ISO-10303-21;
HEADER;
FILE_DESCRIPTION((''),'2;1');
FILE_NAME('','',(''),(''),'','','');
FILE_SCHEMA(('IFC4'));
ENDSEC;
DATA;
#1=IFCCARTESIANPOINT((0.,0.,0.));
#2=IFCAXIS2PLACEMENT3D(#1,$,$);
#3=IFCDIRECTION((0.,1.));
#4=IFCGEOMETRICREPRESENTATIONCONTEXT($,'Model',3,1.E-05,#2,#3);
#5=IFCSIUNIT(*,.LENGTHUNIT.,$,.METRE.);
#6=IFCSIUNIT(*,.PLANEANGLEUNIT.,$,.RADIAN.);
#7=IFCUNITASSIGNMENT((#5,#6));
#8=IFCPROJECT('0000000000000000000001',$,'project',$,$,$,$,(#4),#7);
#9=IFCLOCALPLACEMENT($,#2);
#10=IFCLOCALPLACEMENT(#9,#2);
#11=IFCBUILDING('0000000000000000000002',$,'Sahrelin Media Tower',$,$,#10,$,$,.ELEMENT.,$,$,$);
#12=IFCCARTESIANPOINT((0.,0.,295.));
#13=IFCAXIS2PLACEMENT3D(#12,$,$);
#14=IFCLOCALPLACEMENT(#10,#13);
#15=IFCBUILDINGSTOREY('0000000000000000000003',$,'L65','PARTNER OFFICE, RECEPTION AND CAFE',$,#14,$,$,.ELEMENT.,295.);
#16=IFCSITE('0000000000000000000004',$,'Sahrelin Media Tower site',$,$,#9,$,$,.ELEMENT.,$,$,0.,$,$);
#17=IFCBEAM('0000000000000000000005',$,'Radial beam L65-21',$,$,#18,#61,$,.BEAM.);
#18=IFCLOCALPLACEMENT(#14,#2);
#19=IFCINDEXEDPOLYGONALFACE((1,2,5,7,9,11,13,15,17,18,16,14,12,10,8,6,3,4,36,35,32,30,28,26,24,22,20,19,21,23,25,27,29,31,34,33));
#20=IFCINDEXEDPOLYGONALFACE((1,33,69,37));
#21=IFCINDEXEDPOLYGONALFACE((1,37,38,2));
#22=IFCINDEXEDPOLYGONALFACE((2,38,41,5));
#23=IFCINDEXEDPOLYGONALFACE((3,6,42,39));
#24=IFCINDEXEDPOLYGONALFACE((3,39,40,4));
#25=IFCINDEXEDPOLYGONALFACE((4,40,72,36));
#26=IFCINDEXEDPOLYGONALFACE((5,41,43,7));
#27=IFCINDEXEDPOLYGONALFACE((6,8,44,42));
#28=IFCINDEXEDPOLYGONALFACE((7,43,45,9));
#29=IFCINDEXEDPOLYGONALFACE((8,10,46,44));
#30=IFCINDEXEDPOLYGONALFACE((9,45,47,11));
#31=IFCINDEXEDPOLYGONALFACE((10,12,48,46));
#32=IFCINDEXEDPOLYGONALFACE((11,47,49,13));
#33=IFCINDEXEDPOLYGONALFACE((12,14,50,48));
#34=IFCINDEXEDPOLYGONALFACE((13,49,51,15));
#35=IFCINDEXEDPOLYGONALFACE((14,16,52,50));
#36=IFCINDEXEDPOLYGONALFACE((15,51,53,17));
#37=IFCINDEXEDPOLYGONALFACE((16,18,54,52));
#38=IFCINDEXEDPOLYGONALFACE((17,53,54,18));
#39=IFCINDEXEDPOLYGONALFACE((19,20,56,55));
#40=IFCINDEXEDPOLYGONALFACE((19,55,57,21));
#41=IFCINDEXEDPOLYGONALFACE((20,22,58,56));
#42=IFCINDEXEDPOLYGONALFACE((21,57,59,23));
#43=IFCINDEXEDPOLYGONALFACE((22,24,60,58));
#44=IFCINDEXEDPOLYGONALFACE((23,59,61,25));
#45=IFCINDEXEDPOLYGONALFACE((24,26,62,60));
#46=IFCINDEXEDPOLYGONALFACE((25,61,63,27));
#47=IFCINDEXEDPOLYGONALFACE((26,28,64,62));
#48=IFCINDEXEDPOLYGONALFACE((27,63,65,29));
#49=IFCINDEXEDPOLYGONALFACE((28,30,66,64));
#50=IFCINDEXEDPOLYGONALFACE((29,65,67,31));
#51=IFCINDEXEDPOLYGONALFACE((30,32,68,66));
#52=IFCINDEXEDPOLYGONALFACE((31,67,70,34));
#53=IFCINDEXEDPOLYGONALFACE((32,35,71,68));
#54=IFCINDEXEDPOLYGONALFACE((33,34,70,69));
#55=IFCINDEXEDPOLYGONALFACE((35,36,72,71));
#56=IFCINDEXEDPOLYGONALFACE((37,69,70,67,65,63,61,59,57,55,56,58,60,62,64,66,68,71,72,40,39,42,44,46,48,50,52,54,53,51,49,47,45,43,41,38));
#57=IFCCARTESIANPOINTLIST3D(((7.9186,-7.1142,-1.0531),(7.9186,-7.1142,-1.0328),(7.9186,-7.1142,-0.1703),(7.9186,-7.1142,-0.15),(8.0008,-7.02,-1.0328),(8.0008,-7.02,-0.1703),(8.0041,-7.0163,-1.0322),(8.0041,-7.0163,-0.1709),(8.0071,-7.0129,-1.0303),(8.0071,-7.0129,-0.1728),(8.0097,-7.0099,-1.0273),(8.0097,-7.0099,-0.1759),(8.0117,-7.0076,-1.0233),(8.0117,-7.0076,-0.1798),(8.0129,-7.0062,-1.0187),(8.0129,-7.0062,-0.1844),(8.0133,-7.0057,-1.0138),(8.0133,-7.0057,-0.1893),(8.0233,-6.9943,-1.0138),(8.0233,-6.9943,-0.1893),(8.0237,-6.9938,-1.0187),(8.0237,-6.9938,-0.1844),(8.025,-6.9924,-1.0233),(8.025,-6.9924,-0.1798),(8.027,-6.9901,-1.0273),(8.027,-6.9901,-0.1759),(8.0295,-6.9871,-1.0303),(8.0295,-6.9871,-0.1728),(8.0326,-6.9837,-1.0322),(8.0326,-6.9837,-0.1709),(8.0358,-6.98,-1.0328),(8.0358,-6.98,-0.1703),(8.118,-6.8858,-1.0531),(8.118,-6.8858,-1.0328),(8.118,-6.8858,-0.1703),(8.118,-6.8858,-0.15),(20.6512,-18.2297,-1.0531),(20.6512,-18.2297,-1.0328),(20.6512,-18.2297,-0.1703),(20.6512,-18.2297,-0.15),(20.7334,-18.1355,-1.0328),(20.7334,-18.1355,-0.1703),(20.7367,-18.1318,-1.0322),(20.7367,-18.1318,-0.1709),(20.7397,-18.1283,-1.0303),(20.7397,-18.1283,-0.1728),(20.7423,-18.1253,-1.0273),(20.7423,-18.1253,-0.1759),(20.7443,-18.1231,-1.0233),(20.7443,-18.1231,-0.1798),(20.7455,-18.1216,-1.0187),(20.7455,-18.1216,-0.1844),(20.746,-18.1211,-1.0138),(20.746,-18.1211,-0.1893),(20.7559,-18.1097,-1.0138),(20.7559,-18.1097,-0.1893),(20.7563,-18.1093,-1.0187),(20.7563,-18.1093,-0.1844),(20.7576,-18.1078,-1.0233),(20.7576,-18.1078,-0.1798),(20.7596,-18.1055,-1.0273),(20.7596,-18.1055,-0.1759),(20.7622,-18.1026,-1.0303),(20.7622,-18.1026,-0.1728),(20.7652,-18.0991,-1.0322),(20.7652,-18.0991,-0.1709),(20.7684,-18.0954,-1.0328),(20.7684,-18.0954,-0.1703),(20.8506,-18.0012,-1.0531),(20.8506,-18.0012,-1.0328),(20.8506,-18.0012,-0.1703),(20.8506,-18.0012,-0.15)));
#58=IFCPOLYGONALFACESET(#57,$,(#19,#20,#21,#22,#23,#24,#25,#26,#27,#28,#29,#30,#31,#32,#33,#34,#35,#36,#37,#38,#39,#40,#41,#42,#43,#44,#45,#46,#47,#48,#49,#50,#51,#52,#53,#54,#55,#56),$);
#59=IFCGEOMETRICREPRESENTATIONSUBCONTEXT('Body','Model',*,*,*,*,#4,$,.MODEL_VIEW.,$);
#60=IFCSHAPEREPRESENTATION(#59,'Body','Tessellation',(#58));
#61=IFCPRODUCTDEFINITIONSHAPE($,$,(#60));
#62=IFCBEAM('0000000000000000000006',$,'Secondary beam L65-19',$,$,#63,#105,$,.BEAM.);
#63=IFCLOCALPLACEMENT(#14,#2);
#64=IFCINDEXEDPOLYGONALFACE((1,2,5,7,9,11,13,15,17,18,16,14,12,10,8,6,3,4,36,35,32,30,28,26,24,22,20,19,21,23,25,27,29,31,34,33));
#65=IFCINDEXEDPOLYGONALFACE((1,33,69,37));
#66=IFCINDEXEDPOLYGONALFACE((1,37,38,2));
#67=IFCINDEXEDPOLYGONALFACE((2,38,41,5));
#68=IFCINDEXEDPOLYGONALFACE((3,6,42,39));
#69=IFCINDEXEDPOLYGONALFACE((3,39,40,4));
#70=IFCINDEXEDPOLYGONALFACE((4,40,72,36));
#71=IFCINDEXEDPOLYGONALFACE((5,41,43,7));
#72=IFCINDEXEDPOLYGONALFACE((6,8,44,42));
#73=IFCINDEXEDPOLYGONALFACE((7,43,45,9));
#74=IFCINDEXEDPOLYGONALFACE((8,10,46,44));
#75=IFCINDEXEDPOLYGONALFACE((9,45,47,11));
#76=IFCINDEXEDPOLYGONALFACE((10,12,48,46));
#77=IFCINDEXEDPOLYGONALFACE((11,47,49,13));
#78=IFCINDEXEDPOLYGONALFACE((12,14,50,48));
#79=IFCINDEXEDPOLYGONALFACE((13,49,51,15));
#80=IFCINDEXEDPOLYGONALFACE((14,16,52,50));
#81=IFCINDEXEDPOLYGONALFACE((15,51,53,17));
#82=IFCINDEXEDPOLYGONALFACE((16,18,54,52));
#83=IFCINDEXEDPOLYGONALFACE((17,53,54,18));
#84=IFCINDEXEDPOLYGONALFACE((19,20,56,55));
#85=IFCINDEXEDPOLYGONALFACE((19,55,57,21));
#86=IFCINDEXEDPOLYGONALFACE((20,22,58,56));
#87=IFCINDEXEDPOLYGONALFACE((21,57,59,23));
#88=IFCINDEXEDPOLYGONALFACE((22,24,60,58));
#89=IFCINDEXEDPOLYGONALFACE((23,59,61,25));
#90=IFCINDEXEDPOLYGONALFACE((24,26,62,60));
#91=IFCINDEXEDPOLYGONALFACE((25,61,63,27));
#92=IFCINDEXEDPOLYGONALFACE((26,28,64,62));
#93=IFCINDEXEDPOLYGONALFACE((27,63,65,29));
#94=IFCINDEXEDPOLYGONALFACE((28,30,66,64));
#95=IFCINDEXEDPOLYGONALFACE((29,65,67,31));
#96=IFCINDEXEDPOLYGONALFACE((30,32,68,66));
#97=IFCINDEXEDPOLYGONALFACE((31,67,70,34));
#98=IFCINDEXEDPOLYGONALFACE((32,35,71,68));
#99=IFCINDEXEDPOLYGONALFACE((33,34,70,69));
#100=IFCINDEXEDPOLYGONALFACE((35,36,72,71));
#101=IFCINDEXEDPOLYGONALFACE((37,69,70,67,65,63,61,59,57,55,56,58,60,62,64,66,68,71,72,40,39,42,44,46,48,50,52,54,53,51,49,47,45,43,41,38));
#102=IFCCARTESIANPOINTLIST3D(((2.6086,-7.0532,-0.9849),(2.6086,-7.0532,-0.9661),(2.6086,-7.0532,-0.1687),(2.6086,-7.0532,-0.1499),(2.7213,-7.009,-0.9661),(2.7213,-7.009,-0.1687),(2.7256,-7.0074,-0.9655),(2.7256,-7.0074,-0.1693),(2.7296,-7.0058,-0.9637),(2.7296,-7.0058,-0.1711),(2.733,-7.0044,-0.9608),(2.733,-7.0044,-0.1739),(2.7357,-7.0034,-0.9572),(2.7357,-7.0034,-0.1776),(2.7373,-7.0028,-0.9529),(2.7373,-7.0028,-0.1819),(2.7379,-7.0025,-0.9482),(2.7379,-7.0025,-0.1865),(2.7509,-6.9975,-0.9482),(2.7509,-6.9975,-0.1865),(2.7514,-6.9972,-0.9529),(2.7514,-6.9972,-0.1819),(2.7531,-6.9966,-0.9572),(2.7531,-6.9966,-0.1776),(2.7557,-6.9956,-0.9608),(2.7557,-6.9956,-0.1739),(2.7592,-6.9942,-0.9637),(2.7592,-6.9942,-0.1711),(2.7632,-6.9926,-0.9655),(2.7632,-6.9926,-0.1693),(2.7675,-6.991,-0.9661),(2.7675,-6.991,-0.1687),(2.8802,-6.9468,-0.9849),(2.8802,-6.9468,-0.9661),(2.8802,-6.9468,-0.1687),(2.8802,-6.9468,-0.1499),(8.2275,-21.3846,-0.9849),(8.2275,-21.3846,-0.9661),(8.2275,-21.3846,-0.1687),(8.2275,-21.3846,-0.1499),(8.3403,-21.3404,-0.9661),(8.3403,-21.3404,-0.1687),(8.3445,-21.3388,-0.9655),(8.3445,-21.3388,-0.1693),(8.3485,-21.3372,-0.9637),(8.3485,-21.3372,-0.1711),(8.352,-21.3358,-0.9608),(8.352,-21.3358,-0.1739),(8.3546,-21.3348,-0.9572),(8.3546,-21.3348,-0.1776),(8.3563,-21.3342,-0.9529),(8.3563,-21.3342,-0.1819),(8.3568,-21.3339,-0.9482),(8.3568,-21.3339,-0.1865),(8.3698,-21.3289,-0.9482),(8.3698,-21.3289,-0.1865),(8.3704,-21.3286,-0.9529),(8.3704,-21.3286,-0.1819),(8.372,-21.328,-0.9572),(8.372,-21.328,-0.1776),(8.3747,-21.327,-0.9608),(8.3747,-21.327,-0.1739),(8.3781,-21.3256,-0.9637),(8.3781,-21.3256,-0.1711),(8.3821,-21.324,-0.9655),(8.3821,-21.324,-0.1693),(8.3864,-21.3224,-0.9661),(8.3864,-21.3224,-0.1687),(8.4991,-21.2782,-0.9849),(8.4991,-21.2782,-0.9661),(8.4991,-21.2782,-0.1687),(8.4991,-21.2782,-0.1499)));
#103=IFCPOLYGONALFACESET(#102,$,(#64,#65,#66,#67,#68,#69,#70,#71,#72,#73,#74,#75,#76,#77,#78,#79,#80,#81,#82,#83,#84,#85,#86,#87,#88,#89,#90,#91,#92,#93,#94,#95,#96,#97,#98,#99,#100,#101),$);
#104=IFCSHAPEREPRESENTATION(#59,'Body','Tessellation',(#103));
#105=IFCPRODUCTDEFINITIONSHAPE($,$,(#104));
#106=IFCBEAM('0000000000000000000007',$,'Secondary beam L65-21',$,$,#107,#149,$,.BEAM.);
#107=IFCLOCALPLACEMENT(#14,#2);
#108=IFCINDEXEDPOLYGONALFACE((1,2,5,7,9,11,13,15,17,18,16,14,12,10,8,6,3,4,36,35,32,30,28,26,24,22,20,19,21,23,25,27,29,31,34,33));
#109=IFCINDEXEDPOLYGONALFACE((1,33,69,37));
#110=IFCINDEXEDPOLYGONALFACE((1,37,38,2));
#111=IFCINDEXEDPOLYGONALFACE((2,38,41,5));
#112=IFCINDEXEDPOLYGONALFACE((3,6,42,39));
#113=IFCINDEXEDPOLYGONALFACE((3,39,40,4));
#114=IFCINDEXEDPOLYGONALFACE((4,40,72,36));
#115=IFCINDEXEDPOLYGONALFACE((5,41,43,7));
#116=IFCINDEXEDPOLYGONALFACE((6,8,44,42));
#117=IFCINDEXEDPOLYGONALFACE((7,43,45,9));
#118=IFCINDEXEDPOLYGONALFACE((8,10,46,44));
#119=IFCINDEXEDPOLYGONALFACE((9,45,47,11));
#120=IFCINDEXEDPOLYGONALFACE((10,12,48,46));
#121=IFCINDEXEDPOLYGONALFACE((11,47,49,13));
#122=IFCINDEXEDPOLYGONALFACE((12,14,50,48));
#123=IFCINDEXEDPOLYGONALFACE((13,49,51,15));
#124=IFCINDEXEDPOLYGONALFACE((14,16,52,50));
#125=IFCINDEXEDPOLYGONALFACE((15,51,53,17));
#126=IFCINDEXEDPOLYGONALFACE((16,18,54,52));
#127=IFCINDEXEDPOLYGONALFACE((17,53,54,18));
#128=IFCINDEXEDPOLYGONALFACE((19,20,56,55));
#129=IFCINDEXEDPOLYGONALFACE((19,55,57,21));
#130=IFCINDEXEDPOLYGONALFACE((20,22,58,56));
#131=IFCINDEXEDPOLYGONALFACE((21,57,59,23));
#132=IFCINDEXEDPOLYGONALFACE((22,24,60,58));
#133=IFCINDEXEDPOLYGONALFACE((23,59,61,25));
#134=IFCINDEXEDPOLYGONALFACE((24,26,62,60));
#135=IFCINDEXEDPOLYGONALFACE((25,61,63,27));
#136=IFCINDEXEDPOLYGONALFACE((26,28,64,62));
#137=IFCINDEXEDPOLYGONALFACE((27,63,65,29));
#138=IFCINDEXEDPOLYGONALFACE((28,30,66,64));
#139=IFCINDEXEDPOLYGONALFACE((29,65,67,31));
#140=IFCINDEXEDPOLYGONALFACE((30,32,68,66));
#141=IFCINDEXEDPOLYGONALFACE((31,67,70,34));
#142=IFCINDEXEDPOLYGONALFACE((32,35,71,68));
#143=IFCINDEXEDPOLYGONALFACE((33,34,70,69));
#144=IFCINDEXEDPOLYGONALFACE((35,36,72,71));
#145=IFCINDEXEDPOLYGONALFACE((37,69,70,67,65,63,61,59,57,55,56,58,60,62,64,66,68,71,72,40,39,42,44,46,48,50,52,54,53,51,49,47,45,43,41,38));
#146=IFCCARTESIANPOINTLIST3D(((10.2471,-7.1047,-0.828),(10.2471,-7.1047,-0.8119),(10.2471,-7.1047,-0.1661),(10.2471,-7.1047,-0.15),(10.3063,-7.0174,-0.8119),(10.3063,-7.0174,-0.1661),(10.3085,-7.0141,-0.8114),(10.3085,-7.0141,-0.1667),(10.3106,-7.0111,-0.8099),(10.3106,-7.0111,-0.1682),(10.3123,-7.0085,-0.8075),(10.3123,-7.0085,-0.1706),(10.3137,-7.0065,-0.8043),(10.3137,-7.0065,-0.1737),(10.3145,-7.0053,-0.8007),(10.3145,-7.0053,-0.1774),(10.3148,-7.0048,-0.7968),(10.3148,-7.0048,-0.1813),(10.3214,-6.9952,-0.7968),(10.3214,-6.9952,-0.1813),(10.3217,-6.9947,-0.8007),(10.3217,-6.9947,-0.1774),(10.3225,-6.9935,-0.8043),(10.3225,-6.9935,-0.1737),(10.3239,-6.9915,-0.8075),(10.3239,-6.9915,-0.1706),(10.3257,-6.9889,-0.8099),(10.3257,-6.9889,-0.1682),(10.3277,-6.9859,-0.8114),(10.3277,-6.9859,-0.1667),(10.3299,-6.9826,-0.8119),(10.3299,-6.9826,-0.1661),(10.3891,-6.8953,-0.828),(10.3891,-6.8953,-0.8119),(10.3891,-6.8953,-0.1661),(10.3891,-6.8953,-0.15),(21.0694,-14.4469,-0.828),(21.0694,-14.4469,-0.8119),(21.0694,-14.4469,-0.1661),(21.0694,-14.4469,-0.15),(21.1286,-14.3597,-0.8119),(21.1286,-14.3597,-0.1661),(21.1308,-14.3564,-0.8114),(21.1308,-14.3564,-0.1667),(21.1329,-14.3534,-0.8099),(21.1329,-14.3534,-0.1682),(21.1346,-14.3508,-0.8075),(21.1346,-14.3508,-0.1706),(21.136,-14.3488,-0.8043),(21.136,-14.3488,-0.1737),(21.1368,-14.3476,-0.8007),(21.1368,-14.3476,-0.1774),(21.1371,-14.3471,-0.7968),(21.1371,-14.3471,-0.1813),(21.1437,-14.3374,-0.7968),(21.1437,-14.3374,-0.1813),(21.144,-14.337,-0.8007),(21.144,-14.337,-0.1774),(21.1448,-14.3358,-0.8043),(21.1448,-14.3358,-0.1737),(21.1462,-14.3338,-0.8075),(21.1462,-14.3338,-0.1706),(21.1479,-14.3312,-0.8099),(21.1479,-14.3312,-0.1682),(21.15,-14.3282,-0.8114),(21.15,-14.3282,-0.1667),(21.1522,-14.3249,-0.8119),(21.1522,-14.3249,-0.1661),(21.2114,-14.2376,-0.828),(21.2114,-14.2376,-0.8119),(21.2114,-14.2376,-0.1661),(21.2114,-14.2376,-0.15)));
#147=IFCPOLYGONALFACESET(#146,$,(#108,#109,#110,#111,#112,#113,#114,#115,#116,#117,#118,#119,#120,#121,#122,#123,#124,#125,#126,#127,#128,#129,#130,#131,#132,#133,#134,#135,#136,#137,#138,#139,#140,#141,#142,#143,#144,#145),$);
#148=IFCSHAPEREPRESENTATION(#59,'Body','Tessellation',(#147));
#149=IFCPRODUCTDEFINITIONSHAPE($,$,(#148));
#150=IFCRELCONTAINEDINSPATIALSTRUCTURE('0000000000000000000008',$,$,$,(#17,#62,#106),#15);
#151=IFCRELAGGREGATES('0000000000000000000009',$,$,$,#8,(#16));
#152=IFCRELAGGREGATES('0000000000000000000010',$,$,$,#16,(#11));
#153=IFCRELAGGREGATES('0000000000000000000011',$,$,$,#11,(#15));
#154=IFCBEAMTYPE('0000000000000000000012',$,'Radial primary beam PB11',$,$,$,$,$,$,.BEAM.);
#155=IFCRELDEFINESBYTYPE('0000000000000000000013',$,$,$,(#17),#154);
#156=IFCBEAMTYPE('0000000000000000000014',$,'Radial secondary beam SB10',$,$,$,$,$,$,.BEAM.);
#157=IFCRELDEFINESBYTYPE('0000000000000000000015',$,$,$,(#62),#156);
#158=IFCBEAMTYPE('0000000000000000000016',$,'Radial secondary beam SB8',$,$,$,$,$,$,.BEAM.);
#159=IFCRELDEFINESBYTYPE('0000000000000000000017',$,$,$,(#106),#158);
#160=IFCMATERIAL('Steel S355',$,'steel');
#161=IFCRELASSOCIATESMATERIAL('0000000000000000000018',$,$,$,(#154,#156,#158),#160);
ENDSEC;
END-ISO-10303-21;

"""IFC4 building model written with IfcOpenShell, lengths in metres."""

from ifc_helpers import new_model, si_unit, direction, frame, origin, origin_2d, place, context, subcontext, project, spatial, i_section, extrude, material, material_profile, profile_set, type_object, element, save


model = new_model("IFC4")

# Units and contexts
model_context = context("Model", 3, precision=1e-05, world=origin(), true_north=direction((0.0, 1.0)))
body_context = subcontext(model_context, "Body", "Model", "MODEL_VIEW")
ifc_project = project(units=[si_unit("LENGTHUNIT", "METRE"), si_unit("PLANEANGLEUNIT", "RADIAN")], contexts=[model_context])

# Site, building, storey
site_placement = place(None, origin())
site = spatial("IfcSite", under=ifc_project, at=site_placement, Name="Sahrelin Media Tower site", CompositionType="ELEMENT", RefElevation=0.0)
building_placement = place(site_placement, origin())
building = spatial("IfcBuilding", under=site, at=building_placement, Name="Sahrelin Media Tower", CompositionType="ELEMENT")
storey_placement = place(building_placement, frame((0.0, 0.0, 295.0)))
storey = spatial("IfcBuildingStorey", under=building, at=storey_placement, Name="L65", Description="PARTNER OFFICE, RECEPTION AND CAFE", CompositionType="ELEMENT", Elevation=295.0)

# Shared definitions
ifc_material_1 = material(Name="Steel S355", Category="steel")

# Beams
ifc_material_profile_1 = material_profile(ifc_material_1, i_section(OverallWidth=0.3032, OverallDepth=0.9031, WebThickness=0.0151, FlangeThickness=0.0203, FilletRadius=0.019, at=origin_2d()), Name="UB 914x305x201")
ifc_profile_set_1 = profile_set([ifc_material_profile_1], Name="Steel S355")
beam_type_1 = type_object("IfcBeamType", Name="Radial primary beam PB11", PredefinedType="BEAM", material=ifc_profile_set_1)
beam_1_placement = place(storey_placement, frame((8.0183, -7.0, -0.6016), z_axis=(0.753327, -0.657646, 0.0), x_axis=(0.657646, 0.753327, 0.0)))
element("IfcBeam", 1, at=beam_1_placement, inside=storey, type_object=beam_type_1, Name="Radial beam L65-21", PredefinedType="BEAM", context=body_context, shape_type="SweptSolid", body=[
    extrude(i_section(OverallWidth=0.3032, OverallDepth=0.9031, WebThickness=0.0151, FlangeThickness=0.0203, FilletRadius=0.019, at=origin_2d()), origin(), (0.0, 0.0, 1.0), 16.9019),
])
ifc_material_profile_2 = material_profile(ifc_material_1, i_section(OverallWidth=0.2917, OverallDepth=0.835, WebThickness=0.0139, FlangeThickness=0.0188, FilletRadius=0.0178, at=origin_2d()), Name="UB 838x292x176")
ifc_profile_set_2 = profile_set([ifc_material_profile_2], Name="Steel S355")
beam_type_2 = type_object("IfcBeamType", Name="Radial secondary beam SB10", PredefinedType="BEAM", material=ifc_profile_set_2)
beam_2_placement = place(storey_placement, frame((2.7444, -7.0, -0.5674), z_axis=(0.365019, -0.931, 0.0), x_axis=(0.931, 0.365019, 0.0)))
element("IfcBeam", 2, at=beam_2_placement, inside=storey, type_object=beam_type_2, Name="Secondary beam L65-19", PredefinedType="BEAM", context=body_context, shape_type="SweptSolid", body=[
    extrude(i_section(OverallWidth=0.2917, OverallDepth=0.835, WebThickness=0.0139, FlangeThickness=0.0188, FilletRadius=0.0178, at=origin_2d()), origin(), (0.0, 0.0, 1.0), 15.3936),
])
ifc_material_profile_3 = material_profile(ifc_material_1, i_section(OverallWidth=0.2529, OverallDepth=0.678, WebThickness=0.0117, FlangeThickness=0.0161, FilletRadius=0.0151, at=origin_2d()), Name="UB 686x254x125")
ifc_profile_set_3 = profile_set([ifc_material_profile_3], Name="Steel S355")
beam_type_3 = type_object("IfcBeamType", Name="Radial secondary beam SB8", PredefinedType="BEAM", material=ifc_profile_set_3)
beam_3_placement = place(storey_placement, frame((10.3181, -7.0, -0.489), z_axis=(0.827525, -0.561428, 0.0), x_axis=(0.561428, 0.827525, 0.0)))
element("IfcBeam", 3, at=beam_3_placement, inside=storey, type_object=beam_type_3, Name="Secondary beam L65-21", PredefinedType="BEAM", context=body_context, shape_type="SweptSolid", body=[
    extrude(i_section(OverallWidth=0.2529, OverallDepth=0.678, WebThickness=0.0117, FlangeThickness=0.0161, FilletRadius=0.0151, at=origin_2d()), origin(), (0.0, 0.0, 1.0), 13.0779),
])

save(model, "model.ifc")
